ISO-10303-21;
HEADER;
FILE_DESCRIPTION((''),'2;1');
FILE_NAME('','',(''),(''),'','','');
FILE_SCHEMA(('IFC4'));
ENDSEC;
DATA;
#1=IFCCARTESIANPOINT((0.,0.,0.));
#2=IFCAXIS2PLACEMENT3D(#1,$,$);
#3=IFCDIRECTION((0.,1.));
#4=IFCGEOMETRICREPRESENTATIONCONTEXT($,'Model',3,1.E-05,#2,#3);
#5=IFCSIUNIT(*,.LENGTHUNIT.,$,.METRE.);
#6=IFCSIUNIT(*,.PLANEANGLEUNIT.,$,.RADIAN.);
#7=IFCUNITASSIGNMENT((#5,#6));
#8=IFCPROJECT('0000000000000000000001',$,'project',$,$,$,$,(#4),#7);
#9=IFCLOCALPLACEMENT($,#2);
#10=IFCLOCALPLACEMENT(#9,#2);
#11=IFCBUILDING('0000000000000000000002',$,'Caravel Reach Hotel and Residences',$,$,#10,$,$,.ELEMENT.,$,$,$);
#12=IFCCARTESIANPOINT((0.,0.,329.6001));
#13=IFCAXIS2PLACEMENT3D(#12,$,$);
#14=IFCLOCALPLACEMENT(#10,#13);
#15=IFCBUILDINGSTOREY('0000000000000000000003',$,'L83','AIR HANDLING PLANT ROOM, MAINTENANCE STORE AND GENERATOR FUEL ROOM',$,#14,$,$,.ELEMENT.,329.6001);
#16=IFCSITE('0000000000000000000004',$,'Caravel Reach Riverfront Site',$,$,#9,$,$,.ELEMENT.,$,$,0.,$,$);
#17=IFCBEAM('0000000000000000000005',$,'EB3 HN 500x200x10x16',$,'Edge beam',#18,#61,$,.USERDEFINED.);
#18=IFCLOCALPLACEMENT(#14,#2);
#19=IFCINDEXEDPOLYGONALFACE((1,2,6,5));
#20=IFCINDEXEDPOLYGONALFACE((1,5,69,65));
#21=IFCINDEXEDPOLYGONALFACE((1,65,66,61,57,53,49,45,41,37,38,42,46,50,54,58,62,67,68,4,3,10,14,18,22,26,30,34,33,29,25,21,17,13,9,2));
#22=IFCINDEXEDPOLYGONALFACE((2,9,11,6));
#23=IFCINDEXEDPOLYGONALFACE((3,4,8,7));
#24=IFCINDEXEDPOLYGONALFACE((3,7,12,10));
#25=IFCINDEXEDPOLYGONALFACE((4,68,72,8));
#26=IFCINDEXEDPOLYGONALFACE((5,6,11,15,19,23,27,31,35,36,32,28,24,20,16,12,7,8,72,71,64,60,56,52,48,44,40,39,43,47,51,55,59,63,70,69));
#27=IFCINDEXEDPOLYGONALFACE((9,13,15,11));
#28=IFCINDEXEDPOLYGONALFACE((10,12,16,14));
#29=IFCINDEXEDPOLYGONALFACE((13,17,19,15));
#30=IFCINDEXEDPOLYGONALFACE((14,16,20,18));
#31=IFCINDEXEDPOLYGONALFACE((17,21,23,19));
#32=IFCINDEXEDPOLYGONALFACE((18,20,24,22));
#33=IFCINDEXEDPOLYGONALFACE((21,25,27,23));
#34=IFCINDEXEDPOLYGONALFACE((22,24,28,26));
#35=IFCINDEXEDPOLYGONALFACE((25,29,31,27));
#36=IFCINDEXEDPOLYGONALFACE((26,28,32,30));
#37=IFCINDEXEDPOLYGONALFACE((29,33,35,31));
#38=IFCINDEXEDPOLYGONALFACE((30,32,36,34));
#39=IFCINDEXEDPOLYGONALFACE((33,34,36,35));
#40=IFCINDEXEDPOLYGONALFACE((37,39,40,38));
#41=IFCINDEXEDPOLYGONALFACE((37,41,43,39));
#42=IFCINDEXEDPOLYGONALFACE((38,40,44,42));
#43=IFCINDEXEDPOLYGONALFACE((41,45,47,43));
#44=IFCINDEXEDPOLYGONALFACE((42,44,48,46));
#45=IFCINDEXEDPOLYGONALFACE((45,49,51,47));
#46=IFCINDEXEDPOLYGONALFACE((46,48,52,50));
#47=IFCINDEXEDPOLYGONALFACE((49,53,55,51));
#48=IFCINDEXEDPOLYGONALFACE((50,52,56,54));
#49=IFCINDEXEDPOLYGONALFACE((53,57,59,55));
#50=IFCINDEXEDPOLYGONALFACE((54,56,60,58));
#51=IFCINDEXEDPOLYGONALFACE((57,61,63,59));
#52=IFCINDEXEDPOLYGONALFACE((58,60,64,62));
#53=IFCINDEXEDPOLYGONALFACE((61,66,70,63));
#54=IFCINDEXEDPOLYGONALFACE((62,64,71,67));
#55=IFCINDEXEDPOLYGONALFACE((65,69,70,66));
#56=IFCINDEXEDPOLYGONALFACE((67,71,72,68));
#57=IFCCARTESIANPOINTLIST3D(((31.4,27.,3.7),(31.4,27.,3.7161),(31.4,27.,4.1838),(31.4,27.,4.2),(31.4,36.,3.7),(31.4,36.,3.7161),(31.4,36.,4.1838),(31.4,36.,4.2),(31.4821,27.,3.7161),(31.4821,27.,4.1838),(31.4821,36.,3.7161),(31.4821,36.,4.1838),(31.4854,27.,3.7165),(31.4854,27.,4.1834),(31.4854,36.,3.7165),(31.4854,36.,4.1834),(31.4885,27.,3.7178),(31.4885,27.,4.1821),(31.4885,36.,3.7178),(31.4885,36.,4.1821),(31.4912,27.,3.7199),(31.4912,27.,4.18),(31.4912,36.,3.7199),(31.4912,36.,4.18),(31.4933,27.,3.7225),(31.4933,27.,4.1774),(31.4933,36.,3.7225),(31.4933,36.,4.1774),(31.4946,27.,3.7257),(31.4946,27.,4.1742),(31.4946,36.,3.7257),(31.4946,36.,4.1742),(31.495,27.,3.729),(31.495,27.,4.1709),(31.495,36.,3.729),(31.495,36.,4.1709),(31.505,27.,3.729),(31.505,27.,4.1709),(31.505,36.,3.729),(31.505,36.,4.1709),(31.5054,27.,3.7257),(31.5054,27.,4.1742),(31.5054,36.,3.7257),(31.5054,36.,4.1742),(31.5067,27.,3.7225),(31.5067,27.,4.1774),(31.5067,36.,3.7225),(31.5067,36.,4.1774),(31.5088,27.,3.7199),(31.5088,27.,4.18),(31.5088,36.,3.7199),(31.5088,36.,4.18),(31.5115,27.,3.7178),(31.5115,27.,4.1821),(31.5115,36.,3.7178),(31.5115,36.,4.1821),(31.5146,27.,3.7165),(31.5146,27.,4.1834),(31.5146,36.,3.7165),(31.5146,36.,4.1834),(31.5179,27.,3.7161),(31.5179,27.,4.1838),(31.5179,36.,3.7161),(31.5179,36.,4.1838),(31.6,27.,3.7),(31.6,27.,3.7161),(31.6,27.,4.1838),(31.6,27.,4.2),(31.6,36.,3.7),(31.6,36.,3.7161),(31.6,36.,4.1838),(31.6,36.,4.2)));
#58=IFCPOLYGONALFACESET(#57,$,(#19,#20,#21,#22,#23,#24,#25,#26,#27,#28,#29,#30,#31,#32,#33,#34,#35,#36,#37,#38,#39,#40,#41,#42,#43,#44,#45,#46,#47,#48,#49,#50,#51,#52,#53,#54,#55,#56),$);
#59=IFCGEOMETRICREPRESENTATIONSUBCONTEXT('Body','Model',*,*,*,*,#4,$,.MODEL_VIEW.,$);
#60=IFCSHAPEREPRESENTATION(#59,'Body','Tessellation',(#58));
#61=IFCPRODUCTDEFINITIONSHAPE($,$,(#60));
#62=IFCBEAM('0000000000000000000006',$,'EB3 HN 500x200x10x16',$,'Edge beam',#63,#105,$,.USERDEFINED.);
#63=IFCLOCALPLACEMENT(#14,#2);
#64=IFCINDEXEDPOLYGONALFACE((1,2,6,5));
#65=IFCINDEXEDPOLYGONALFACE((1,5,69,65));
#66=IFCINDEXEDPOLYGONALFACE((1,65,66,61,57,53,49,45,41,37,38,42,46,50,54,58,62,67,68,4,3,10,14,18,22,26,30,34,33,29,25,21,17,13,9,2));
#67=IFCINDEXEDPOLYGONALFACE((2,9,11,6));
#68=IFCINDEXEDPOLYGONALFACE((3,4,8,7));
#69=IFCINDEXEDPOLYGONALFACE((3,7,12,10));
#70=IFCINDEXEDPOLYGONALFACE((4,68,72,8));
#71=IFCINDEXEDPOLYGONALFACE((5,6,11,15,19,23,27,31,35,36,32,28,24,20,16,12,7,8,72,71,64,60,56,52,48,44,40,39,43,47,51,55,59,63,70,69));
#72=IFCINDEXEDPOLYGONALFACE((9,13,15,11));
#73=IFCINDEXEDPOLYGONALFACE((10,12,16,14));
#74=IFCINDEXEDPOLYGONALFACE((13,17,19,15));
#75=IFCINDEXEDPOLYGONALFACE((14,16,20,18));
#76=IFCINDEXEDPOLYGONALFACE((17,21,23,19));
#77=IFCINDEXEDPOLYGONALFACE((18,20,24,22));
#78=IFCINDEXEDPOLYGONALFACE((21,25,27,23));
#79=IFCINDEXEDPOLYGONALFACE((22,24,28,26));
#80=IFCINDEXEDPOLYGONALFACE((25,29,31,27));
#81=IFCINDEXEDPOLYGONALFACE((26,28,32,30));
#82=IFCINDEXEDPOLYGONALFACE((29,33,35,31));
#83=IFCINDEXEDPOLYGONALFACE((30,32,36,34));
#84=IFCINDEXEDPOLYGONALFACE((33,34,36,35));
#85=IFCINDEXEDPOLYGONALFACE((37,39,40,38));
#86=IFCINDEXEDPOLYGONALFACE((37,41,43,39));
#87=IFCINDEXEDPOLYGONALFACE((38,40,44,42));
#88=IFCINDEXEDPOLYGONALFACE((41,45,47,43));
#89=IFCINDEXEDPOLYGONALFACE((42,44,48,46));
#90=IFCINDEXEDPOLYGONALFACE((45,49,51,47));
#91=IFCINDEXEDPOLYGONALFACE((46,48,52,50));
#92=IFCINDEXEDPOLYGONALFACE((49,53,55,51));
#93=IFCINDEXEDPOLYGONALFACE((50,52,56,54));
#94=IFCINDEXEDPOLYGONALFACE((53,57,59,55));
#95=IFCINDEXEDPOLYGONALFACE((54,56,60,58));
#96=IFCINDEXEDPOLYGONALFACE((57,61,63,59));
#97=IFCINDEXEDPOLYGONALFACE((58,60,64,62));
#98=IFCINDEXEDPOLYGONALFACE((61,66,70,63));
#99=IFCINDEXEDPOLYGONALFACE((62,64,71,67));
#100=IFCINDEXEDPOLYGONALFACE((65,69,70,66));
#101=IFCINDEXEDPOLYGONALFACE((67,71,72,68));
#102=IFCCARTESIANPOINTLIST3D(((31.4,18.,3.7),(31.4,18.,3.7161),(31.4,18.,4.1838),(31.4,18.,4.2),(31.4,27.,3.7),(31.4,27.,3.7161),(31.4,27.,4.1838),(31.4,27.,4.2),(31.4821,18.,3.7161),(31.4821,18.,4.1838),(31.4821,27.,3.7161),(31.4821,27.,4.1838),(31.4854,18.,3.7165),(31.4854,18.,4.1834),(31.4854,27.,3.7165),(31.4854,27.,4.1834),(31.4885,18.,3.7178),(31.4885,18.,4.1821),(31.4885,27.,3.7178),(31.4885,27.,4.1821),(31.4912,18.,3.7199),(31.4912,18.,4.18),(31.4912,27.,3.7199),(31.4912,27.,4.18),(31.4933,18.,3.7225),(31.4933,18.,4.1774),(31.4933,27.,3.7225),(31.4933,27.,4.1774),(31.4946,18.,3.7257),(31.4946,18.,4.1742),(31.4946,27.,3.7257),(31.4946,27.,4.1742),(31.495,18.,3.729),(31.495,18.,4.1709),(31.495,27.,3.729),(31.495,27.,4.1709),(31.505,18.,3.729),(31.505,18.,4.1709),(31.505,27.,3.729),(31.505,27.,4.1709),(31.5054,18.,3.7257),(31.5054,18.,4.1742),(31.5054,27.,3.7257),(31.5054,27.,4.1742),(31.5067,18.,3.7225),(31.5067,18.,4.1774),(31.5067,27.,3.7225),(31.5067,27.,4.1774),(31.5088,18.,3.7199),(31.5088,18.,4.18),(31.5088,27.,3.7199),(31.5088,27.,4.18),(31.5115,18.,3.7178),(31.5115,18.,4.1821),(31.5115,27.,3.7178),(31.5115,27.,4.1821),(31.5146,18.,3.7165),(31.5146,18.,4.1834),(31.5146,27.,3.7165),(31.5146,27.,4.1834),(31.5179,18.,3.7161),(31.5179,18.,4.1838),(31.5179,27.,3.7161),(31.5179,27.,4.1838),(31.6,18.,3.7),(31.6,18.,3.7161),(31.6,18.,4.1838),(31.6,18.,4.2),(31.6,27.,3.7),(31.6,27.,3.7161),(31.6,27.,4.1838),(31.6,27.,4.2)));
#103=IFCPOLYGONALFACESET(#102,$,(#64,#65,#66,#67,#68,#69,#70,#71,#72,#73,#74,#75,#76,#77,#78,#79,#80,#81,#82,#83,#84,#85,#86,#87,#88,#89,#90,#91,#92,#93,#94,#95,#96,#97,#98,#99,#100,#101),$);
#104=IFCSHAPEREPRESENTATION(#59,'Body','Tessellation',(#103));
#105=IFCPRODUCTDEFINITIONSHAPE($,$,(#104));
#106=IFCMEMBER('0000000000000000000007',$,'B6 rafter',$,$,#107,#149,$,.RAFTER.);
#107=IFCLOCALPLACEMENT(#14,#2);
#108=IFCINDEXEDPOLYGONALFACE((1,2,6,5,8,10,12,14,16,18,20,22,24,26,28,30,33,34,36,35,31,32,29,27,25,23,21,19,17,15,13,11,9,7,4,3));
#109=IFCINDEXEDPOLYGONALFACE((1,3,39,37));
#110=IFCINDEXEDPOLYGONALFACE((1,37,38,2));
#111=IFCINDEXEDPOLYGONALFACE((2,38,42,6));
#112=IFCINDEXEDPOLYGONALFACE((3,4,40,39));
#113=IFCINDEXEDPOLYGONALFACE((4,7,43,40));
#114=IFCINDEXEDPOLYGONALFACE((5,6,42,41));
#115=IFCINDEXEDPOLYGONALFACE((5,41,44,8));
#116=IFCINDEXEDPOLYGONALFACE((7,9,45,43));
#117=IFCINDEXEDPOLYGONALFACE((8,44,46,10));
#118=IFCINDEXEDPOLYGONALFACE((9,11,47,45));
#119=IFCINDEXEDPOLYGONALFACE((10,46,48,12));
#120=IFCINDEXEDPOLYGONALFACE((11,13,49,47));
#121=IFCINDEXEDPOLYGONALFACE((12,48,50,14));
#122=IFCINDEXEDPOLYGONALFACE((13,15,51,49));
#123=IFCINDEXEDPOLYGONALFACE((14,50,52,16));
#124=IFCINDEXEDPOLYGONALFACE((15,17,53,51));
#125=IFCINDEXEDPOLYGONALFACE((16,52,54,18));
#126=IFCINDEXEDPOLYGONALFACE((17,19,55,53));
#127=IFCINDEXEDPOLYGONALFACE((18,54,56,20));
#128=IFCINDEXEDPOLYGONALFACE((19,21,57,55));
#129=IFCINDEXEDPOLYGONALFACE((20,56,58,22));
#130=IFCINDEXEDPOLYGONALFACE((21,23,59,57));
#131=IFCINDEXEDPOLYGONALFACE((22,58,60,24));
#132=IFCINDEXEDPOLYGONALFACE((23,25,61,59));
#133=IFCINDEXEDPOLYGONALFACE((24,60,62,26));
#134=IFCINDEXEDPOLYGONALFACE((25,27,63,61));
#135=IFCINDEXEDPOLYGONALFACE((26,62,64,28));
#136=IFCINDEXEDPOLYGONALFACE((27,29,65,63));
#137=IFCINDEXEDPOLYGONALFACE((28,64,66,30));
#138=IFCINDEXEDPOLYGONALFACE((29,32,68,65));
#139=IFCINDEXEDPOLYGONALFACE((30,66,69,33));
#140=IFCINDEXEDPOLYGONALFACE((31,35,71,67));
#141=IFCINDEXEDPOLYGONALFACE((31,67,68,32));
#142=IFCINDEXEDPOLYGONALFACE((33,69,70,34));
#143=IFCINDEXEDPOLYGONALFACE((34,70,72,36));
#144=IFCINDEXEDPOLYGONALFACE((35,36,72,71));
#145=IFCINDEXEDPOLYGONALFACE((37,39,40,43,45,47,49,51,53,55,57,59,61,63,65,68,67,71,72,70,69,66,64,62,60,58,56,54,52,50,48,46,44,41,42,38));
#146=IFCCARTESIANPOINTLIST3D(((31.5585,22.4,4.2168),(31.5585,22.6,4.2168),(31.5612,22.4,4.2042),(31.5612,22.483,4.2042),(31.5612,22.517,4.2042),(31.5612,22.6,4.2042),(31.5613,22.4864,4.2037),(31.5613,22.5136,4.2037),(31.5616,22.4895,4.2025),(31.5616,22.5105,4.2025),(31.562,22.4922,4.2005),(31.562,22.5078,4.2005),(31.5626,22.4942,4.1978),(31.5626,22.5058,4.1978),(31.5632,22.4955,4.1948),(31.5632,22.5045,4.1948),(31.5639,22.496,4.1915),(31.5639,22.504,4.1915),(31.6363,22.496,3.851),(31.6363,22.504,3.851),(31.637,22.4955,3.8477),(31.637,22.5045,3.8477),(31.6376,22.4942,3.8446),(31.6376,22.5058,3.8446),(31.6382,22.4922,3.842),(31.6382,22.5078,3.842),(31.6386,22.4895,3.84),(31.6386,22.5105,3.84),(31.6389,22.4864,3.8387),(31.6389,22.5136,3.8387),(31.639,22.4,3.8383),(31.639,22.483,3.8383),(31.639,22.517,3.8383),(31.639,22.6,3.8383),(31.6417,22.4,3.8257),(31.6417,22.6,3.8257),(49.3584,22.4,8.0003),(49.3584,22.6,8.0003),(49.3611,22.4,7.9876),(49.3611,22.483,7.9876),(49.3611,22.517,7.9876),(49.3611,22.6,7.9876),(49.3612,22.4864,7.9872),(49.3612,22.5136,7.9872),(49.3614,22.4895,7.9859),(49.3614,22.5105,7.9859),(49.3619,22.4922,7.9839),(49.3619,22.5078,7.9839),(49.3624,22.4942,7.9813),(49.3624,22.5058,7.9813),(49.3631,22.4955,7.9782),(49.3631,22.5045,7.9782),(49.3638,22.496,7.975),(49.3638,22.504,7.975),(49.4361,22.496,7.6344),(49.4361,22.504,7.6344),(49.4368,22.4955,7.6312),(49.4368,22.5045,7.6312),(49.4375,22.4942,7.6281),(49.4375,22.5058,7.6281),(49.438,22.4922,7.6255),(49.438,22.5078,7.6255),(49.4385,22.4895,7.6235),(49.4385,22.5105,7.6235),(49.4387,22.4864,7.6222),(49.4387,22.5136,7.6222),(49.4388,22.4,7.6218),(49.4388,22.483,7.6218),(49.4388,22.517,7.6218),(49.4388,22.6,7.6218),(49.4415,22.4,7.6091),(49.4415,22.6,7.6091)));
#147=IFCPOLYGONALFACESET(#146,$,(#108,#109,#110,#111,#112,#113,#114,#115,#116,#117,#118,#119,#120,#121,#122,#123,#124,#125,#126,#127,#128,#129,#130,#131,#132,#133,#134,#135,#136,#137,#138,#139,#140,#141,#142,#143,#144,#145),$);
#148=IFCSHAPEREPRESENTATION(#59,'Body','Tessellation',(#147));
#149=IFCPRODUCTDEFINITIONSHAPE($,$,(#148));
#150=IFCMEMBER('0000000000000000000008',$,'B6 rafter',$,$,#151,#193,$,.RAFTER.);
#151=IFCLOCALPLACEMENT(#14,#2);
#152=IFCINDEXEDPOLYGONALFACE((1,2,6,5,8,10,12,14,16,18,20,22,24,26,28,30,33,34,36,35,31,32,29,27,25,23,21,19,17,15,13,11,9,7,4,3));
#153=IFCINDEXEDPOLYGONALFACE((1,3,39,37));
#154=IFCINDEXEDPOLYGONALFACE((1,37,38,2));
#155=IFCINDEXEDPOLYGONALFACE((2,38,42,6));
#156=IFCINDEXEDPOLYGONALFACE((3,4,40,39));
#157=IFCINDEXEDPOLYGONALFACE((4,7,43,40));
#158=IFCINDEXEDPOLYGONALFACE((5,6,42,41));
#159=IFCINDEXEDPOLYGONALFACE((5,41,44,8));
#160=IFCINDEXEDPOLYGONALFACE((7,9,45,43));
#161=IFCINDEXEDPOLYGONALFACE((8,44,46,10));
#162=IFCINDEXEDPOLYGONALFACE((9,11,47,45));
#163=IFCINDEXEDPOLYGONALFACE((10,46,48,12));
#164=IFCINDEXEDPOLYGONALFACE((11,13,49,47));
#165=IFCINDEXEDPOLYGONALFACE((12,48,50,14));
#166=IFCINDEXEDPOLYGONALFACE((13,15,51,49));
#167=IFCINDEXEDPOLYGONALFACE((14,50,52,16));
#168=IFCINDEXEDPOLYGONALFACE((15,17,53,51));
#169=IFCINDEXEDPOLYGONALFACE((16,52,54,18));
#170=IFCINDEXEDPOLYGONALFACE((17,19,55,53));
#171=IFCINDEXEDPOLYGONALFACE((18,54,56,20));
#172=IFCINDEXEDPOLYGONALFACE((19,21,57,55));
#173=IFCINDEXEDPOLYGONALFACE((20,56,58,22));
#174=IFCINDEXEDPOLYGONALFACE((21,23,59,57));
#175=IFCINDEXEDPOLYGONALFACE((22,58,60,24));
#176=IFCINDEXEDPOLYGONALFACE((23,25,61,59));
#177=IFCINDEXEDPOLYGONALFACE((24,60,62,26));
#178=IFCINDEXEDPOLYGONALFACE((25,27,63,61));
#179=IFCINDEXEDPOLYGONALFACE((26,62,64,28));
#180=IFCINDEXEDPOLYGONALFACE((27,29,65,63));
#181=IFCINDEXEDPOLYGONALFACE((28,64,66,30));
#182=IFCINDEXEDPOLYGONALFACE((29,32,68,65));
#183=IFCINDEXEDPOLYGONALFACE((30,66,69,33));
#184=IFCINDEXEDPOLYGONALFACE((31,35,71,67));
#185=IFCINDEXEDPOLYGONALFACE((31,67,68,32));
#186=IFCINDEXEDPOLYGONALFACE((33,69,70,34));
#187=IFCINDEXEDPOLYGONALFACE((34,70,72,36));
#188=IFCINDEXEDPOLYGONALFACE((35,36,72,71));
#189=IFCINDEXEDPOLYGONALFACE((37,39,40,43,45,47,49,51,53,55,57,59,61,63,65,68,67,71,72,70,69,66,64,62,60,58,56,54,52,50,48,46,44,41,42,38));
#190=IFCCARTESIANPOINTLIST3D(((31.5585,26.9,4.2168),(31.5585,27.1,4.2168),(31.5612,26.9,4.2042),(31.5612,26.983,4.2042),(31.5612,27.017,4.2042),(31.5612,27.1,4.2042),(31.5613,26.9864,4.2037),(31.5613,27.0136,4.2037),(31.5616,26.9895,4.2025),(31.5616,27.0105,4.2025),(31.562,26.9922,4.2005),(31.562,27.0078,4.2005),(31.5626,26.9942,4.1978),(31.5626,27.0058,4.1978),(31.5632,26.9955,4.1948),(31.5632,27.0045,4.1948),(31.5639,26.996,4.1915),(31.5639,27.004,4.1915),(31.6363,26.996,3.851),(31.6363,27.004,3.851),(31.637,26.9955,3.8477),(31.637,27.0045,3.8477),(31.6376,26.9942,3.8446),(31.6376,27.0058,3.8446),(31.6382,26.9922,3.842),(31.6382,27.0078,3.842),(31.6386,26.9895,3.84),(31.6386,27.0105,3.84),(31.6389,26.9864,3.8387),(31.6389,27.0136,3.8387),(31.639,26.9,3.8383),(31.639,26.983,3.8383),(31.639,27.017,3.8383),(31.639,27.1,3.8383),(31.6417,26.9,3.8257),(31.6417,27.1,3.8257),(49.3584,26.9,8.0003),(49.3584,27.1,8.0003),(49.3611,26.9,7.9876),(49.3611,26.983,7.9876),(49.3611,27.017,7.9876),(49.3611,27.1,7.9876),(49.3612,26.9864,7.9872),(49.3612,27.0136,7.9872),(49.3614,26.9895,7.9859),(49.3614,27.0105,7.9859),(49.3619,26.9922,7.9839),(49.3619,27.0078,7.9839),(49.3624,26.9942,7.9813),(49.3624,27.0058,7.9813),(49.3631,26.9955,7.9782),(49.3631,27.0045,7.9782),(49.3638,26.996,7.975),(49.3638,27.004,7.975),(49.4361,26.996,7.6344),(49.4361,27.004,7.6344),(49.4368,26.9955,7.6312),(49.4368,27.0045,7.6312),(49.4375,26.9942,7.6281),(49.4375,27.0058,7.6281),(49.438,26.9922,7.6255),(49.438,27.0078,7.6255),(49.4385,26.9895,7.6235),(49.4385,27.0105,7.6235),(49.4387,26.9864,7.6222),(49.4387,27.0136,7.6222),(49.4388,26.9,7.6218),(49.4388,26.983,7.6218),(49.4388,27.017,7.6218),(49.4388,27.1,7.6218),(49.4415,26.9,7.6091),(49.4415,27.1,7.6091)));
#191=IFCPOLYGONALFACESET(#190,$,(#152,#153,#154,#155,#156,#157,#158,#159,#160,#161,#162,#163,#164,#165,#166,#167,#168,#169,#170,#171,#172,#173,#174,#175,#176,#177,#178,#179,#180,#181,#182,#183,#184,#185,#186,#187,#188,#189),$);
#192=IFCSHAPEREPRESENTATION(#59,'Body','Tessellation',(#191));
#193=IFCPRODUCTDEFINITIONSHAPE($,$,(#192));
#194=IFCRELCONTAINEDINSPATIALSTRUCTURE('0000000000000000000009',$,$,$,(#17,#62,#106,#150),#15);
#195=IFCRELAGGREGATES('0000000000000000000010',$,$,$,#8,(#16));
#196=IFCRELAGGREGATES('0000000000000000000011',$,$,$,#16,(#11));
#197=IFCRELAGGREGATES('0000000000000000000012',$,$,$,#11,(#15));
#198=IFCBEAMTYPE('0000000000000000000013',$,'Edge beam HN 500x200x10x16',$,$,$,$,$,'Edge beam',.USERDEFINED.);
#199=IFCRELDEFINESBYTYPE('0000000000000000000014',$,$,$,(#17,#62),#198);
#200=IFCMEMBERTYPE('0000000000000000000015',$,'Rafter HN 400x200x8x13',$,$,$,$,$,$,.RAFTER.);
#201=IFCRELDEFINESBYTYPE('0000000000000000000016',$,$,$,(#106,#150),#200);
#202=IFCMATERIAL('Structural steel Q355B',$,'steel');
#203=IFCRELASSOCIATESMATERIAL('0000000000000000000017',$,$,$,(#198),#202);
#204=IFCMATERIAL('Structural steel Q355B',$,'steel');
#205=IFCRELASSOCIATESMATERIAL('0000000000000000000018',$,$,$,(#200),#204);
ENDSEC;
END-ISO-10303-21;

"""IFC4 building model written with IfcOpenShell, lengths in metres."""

from ifc_helpers import new_model, si_unit, direction, frame, origin, origin_2d, place, context, subcontext, project, spatial, i_section, extrude, material, material_profile, profile_set, type_object, element, save


model = new_model("IFC4")

# Units and contexts
model_context = context("Model", 3, precision=1e-05, world=origin(), true_north=direction((0.0, 1.0)))
body_context = subcontext(model_context, "Body", "Model", "MODEL_VIEW")
ifc_project = project(units=[si_unit("LENGTHUNIT", "METRE"), si_unit("PLANEANGLEUNIT", "RADIAN")], contexts=[model_context])

# Site, building, storey
site_placement = place(None, origin())
site = spatial("IfcSite", under=ifc_project, at=site_placement, Name="Caravel Reach Riverfront Site", CompositionType="ELEMENT", RefElevation=0.0)
building_placement = place(site_placement, origin())
building = spatial("IfcBuilding", under=site, at=building_placement, Name="Caravel Reach Hotel and Residences", CompositionType="ELEMENT")
storey_placement = place(building_placement, frame((0.0, 0.0, 329.6001)))
storey = spatial("IfcBuildingStorey", under=building, at=storey_placement, Name="L83", Description="AIR HANDLING PLANT ROOM, MAINTENANCE STORE AND GENERATOR FUEL ROOM", CompositionType="ELEMENT", Elevation=329.6001)

# Beams
ifc_material_1 = material(Name="Structural steel Q355B", Category="steel")
ifc_material_profile_1 = material_profile(ifc_material_1, i_section(OverallWidth=0.2, OverallDepth=0.5, WebThickness=0.01, FlangeThickness=0.0161, FilletRadius=0.0129, at=origin_2d()), Name="HN 500x200x10x16")
ifc_profile_set_1 = profile_set([ifc_material_profile_1], Name="Structural steel Q355B")
beam_type_1 = type_object("IfcBeamType", Name="Edge beam HN 500x200x10x16", ElementType="Edge beam", PredefinedType="USERDEFINED", material=ifc_profile_set_1)
for number, where, z_axis, x_axis, name in (
    (1, (31.5, 36.0, 3.95), (0.0, -1.0, 0.0), (1.0, 0.0, 0.0), "EB3 HN 500x200x10x16"),
    (2, (31.5, 27.0, 3.95), (0.0, -1.0, 0.0), (1.0, 0.0, 0.0), "EB3 HN 500x200x10x16"),
):
    element("IfcBeam", number, at=place(storey_placement, frame(where, z_axis=z_axis, x_axis=x_axis)), inside=storey, type_object=beam_type_1, Name=name, ObjectType="Edge beam", PredefinedType="USERDEFINED", context=body_context, shape_type="SweptSolid", body=[
        extrude(i_section(OverallWidth=0.2, OverallDepth=0.5, WebThickness=0.01, FlangeThickness=0.0161, FilletRadius=0.0129, at=origin_2d()), origin(), (0.0, 0.0, 1.0), 9.0),
    ])

# Members
ifc_material_2 = material(Name="Structural steel Q355B", Category="steel")
ifc_material_profile_2 = material_profile(ifc_material_2, i_section(OverallWidth=0.2, OverallDepth=0.3999, WebThickness=0.0081, FlangeThickness=0.0129, FilletRadius=0.0129, at=origin_2d()), Name="HN 400x200x8x13")
ifc_profile_set_2 = profile_set([ifc_material_profile_2], Name="Structural steel Q355B")
member_type = type_object("IfcMemberType", Name="Rafter HN 400x200x8x13", PredefinedType="RAFTER", material=ifc_profile_set_2)
for number, where, z_axis, x_axis, name in (
    (3, (31.6001, 22.5, 4.0212), (0.978148, 0.0, 0.207911), (0.0, 1.0, 0.0), "B6 rafter"),
    (4, (31.6001, 27.0, 4.0212), (0.978148, 0.0, 0.207911), (0.0, 1.0, 0.0), "B6 rafter"),
):
    element("IfcMember", number, at=place(storey_placement, frame(where, z_axis=z_axis, x_axis=x_axis)), inside=storey, type_object=member_type, Name=name, PredefinedType="RAFTER", context=body_context, shape_type="SweptSolid", body=[
        extrude(i_section(OverallWidth=0.2, OverallDepth=0.3999, WebThickness=0.0081, FlangeThickness=0.0129, FilletRadius=0.0129, at=origin_2d()), origin(), (0.0, 0.0, 1.0), 18.1975),
    ])

save(model, "model.ifc")
